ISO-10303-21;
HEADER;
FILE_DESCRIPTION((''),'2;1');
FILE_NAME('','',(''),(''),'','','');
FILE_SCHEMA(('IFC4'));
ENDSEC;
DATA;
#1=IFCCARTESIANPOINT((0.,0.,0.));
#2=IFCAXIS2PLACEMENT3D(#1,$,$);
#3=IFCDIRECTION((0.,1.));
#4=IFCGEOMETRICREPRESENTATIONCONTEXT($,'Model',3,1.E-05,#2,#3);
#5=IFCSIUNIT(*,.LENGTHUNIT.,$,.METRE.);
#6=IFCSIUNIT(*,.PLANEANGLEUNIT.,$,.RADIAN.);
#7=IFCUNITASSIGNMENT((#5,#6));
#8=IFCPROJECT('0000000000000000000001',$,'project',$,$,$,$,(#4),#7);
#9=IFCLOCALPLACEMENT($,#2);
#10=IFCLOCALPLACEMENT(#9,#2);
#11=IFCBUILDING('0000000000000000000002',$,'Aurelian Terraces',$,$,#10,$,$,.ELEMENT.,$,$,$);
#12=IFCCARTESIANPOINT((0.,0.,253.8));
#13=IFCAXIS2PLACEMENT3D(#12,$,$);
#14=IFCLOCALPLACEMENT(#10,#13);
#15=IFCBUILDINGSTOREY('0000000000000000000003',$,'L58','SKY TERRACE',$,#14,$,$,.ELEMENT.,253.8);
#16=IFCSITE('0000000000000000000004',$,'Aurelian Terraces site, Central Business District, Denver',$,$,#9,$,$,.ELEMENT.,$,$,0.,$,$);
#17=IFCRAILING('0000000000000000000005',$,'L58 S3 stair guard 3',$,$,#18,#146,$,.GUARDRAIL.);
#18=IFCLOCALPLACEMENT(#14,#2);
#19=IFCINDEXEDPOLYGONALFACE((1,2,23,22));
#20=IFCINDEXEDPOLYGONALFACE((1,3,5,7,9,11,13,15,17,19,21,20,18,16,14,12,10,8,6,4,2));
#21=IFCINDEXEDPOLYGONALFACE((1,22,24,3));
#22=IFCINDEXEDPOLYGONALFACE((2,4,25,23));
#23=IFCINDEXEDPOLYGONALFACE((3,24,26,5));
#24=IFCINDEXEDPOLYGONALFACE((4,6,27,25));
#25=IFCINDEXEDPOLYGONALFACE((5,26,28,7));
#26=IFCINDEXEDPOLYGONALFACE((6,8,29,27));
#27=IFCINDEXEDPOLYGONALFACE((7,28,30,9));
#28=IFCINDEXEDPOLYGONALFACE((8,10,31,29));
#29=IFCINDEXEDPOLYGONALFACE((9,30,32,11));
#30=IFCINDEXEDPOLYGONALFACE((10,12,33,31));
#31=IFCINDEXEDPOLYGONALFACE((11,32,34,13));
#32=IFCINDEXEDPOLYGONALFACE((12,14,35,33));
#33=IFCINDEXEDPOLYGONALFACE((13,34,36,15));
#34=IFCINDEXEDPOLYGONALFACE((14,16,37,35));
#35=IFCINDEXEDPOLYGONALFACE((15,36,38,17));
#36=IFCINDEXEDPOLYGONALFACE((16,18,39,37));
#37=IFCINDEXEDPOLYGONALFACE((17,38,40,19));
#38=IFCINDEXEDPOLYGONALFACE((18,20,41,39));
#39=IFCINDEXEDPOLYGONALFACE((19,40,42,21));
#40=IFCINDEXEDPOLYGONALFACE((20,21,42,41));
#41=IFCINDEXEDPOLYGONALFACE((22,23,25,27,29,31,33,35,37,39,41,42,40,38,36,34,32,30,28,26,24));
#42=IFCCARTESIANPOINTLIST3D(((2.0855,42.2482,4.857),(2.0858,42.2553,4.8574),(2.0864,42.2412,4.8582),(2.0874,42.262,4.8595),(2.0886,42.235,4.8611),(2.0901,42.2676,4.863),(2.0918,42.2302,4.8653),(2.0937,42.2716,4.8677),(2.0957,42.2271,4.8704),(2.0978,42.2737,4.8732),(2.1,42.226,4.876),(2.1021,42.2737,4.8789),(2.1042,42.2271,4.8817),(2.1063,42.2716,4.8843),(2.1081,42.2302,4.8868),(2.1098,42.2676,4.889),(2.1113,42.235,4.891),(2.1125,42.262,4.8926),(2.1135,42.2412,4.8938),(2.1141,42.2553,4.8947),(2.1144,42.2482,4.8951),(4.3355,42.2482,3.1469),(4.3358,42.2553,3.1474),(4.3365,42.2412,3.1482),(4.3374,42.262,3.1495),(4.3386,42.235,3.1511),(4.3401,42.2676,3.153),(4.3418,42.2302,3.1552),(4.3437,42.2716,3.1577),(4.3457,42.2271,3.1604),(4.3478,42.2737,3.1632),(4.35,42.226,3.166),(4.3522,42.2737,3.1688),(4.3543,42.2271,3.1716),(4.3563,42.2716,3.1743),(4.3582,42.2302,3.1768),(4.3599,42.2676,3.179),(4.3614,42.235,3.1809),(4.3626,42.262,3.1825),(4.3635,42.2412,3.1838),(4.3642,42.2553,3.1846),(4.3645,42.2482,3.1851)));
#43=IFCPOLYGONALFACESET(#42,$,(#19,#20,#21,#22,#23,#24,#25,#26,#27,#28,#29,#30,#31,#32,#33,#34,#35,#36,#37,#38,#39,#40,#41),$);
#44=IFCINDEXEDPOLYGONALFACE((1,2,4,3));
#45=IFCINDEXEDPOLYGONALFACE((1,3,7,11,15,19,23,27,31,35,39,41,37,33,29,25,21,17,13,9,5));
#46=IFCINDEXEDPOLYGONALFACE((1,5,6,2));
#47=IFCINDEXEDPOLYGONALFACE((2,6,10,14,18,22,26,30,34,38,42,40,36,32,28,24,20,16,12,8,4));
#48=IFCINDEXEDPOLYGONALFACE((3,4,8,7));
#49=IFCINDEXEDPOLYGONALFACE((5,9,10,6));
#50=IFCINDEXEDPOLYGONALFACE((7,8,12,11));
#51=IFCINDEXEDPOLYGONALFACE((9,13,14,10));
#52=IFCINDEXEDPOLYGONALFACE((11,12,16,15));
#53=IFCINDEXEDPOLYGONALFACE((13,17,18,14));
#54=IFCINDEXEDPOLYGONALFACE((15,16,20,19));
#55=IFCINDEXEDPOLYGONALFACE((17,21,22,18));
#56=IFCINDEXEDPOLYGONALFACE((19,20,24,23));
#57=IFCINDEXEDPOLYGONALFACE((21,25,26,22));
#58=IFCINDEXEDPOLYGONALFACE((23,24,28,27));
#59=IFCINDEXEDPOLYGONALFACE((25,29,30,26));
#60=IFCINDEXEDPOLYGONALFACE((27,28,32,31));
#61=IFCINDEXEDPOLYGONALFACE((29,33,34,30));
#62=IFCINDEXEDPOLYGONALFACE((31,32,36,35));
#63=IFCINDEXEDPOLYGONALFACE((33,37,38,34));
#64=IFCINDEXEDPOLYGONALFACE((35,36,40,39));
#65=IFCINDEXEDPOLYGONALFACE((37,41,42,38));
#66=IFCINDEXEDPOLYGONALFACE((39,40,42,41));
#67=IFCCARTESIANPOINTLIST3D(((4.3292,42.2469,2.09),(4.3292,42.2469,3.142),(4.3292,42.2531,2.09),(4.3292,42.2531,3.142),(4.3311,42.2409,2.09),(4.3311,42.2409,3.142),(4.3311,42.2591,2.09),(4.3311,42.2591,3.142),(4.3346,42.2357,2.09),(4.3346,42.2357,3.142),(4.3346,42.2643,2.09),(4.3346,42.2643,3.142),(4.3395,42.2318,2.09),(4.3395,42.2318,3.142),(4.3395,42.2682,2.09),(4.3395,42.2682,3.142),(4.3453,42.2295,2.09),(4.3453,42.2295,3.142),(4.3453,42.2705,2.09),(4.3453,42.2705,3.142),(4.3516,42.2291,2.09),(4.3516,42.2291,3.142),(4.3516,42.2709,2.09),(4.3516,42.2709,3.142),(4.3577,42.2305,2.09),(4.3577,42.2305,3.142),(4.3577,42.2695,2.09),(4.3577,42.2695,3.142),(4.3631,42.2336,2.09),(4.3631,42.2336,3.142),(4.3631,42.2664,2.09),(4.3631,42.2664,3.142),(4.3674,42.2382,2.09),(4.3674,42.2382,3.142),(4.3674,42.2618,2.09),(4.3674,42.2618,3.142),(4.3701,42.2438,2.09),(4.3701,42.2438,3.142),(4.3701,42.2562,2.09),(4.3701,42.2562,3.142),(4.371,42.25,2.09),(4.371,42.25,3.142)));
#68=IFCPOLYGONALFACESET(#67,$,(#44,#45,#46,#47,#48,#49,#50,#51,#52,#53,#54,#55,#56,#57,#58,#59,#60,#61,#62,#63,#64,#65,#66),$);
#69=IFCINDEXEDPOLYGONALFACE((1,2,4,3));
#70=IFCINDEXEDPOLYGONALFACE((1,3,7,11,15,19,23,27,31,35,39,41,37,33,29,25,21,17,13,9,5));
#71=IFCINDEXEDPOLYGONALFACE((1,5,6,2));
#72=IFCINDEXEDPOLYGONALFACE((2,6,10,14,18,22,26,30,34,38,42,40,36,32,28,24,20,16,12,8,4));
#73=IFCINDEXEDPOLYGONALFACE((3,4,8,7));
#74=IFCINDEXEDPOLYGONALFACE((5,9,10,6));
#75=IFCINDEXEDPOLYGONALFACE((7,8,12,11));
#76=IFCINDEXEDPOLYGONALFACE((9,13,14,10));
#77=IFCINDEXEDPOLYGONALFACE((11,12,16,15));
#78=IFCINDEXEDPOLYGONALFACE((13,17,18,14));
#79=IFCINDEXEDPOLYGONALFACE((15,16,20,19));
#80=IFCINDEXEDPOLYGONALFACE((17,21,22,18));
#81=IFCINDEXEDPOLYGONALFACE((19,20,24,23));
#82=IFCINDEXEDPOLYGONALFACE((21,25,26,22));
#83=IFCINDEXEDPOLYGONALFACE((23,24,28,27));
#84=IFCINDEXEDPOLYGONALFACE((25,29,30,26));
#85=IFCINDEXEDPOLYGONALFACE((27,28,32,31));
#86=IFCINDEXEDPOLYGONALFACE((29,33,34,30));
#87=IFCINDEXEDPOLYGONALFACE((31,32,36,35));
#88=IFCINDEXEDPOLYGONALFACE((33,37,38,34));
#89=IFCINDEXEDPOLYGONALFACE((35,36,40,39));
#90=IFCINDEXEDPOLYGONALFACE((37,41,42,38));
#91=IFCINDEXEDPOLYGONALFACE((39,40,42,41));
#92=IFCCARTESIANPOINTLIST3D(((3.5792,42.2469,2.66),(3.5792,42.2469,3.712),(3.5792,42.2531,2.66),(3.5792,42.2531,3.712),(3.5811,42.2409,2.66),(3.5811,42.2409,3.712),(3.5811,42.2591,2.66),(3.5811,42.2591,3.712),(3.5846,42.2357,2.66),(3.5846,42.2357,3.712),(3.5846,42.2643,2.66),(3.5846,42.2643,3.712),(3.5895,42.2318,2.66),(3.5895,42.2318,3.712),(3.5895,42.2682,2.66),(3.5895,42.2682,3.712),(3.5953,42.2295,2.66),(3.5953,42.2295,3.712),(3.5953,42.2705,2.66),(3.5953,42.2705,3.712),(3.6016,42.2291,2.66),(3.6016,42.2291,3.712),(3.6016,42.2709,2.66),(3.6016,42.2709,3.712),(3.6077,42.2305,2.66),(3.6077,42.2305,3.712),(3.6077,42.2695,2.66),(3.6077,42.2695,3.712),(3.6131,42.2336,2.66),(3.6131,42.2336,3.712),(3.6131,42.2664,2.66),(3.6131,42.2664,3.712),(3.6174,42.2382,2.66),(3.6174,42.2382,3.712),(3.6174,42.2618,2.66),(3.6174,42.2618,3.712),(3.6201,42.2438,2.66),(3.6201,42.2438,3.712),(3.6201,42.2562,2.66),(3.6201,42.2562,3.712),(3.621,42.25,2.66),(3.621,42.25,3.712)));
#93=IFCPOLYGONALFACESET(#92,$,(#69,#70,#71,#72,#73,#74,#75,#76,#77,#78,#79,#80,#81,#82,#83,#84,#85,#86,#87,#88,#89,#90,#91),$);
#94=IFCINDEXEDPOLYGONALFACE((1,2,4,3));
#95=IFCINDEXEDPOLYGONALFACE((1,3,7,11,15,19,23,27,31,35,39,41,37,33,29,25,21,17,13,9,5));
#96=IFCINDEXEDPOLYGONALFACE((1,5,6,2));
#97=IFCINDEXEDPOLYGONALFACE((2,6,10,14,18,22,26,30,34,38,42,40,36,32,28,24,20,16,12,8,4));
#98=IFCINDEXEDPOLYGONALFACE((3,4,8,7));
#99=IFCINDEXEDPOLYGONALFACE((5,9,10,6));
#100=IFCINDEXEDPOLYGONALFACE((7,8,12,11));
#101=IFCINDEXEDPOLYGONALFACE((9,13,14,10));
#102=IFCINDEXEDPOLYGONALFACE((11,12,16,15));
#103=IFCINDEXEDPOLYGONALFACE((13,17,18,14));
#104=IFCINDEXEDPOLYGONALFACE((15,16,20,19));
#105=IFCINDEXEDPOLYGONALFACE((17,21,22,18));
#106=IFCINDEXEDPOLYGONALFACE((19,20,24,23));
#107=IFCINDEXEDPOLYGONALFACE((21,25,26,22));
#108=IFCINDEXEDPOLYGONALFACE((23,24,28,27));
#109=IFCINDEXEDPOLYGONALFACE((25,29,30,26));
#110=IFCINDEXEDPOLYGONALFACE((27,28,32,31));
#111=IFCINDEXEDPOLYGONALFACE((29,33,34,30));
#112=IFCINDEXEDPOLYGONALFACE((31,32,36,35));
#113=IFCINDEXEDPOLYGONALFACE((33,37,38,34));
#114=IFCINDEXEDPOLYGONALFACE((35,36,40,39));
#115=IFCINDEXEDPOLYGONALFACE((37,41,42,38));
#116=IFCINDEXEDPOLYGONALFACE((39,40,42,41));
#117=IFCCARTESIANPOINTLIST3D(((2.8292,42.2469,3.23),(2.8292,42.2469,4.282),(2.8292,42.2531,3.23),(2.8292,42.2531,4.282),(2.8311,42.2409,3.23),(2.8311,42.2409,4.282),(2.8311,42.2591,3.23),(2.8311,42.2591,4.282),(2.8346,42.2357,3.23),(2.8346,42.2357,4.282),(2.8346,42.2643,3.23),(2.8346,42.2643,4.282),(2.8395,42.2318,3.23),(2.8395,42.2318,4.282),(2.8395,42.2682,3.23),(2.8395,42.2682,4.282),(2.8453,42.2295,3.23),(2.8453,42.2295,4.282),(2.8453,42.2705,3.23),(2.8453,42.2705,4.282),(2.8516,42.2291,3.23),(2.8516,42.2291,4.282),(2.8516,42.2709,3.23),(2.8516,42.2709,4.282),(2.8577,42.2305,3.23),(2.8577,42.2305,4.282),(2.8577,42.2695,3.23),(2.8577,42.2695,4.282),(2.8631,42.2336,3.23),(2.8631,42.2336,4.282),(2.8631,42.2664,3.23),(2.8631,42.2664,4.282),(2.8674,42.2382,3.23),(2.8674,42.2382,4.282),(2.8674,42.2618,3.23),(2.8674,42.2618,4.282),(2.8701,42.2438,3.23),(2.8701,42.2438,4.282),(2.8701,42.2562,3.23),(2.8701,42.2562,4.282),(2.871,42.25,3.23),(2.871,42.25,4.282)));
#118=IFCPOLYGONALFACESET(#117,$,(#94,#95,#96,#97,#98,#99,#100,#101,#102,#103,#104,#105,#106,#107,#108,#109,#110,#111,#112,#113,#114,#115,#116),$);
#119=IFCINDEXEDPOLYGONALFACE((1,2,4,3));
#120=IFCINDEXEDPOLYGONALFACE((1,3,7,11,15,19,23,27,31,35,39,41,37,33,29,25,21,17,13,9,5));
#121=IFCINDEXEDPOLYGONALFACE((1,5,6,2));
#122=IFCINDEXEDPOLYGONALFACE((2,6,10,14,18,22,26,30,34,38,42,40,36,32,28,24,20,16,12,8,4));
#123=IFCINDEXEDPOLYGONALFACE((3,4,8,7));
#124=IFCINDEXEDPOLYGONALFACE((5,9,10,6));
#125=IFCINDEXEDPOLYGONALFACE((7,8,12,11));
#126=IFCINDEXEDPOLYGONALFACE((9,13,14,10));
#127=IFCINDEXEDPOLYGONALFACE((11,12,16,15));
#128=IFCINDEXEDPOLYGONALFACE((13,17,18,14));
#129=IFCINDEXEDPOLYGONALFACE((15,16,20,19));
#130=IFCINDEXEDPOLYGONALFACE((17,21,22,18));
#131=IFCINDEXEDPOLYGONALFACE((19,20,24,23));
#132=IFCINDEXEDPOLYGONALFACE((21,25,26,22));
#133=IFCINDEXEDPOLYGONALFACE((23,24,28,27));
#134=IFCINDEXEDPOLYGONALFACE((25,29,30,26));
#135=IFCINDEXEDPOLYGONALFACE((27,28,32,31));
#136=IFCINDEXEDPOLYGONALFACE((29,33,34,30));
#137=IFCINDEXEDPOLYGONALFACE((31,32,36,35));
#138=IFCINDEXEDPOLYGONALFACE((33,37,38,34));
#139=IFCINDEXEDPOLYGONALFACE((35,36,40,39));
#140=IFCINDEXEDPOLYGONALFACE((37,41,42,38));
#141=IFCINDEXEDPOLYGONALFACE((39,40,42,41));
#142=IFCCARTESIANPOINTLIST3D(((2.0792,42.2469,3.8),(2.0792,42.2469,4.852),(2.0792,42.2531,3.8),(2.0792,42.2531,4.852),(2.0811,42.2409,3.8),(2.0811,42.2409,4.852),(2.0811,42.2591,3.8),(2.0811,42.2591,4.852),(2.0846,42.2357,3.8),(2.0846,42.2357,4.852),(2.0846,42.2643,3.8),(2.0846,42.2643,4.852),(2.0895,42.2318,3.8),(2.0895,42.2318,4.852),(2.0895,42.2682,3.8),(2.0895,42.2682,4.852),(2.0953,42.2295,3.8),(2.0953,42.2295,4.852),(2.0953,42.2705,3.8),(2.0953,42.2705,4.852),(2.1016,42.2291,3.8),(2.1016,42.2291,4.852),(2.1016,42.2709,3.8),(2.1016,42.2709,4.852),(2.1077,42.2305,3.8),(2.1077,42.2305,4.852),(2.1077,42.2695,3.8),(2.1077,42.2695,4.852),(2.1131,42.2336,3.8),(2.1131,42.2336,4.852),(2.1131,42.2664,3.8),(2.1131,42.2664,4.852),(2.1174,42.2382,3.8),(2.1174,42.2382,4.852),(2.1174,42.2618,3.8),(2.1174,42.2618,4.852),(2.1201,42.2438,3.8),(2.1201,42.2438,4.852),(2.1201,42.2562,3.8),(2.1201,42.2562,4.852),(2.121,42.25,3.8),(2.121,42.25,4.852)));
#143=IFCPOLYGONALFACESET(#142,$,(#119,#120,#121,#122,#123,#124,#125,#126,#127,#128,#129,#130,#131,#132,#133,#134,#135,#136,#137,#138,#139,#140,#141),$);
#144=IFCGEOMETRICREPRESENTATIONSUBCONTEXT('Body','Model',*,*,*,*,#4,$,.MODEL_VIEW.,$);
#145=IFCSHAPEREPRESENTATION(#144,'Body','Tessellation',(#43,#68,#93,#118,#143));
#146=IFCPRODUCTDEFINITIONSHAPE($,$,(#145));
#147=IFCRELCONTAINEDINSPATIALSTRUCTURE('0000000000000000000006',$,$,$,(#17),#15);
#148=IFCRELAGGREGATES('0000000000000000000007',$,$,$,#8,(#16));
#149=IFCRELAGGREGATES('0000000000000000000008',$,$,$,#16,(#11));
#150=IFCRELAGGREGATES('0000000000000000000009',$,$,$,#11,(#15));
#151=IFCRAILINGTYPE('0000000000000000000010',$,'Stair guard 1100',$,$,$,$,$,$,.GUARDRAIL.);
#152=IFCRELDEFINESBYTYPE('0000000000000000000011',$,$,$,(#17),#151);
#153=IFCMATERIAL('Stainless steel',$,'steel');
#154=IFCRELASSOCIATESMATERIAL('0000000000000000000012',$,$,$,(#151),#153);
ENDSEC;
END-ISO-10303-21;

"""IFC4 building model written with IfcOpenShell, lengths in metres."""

from ifc_helpers import new_model, si_unit, direction, frame, origin, origin_2d, place, context, subcontext, project, spatial, circle, extrude, source, transform, mapped, material, type_object, element, save


model = new_model("IFC4")

# Units and contexts
model_context = context("Model", 3, precision=1e-05, world=origin(), true_north=direction((0.0, 1.0)))
body_context = subcontext(model_context, "Body", "Model", "MODEL_VIEW")
ifc_project = project(units=[si_unit("LENGTHUNIT", "METRE"), si_unit("PLANEANGLEUNIT", "RADIAN")], contexts=[model_context])

# Site, building, storey
site_placement = place(None, origin())
site = spatial("IfcSite", under=ifc_project, at=site_placement, Name="Aurelian Terraces site, Central Business District, Denver", CompositionType="ELEMENT", RefElevation=0.0)
building_placement = place(site_placement, origin())
building = spatial("IfcBuilding", under=site, at=building_placement, Name="Aurelian Terraces", CompositionType="ELEMENT")
storey_placement = place(building_placement, frame((0.0, 0.0, 253.8)))
storey = spatial("IfcBuildingStorey", under=building, at=storey_placement, Name="L58", Description="SKY TERRACE", CompositionType="ELEMENT", Elevation=253.8)

# Railing
ifc_material_1 = material(Name="Stainless steel", Category="steel")
railing_type_1 = type_object("IfcRailingType", Name="Stair guard 1100", PredefinedType="GUARDRAIL", material=ifc_material_1)
shared_shape_1 = source(origin(), body_context, "Body", "SweptSolid", [
    extrude(circle(Radius=0.024, at=origin_2d()), frame((0.0, 0.0, 1.076), z_axis=(-0.796162, 0.0, 0.605083), x_axis=(0.0, -1.0, 0.0)), (0.0, 0.0, 1.0), 2.8261),
    extrude(circle(Radius=0.021, at=origin_2d()), origin(), (0.0, 0.0, 1.0), 1.052),
    extrude(circle(Radius=0.021, at=origin_2d()), frame((-0.75, 0.0, 0.57)), (0.0, 0.0, 1.0), 1.052),
    extrude(circle(Radius=0.021, at=origin_2d()), frame((-1.5, 0.0, 1.14)), (0.0, 0.0, 1.0), 1.052),
    extrude(circle(Radius=0.021, at=origin_2d()), frame((-2.25, 0.0, 1.71)), (0.0, 0.0, 1.0), 1.052),
])
railing_1_placement = place(storey_placement, frame((4.35, 42.25, 2.09)))
element("IfcRailing", 1, at=railing_1_placement, inside=storey, type_object=railing_type_1, Name="L58 S3 stair guard 3", PredefinedType="GUARDRAIL", context=body_context, shape_type="MappedRepresentation", body=[
    mapped(shared_shape_1, transform((0.0, 0.0, 0.0), scale=1.0)),
])

save(model, "model.ifc")
